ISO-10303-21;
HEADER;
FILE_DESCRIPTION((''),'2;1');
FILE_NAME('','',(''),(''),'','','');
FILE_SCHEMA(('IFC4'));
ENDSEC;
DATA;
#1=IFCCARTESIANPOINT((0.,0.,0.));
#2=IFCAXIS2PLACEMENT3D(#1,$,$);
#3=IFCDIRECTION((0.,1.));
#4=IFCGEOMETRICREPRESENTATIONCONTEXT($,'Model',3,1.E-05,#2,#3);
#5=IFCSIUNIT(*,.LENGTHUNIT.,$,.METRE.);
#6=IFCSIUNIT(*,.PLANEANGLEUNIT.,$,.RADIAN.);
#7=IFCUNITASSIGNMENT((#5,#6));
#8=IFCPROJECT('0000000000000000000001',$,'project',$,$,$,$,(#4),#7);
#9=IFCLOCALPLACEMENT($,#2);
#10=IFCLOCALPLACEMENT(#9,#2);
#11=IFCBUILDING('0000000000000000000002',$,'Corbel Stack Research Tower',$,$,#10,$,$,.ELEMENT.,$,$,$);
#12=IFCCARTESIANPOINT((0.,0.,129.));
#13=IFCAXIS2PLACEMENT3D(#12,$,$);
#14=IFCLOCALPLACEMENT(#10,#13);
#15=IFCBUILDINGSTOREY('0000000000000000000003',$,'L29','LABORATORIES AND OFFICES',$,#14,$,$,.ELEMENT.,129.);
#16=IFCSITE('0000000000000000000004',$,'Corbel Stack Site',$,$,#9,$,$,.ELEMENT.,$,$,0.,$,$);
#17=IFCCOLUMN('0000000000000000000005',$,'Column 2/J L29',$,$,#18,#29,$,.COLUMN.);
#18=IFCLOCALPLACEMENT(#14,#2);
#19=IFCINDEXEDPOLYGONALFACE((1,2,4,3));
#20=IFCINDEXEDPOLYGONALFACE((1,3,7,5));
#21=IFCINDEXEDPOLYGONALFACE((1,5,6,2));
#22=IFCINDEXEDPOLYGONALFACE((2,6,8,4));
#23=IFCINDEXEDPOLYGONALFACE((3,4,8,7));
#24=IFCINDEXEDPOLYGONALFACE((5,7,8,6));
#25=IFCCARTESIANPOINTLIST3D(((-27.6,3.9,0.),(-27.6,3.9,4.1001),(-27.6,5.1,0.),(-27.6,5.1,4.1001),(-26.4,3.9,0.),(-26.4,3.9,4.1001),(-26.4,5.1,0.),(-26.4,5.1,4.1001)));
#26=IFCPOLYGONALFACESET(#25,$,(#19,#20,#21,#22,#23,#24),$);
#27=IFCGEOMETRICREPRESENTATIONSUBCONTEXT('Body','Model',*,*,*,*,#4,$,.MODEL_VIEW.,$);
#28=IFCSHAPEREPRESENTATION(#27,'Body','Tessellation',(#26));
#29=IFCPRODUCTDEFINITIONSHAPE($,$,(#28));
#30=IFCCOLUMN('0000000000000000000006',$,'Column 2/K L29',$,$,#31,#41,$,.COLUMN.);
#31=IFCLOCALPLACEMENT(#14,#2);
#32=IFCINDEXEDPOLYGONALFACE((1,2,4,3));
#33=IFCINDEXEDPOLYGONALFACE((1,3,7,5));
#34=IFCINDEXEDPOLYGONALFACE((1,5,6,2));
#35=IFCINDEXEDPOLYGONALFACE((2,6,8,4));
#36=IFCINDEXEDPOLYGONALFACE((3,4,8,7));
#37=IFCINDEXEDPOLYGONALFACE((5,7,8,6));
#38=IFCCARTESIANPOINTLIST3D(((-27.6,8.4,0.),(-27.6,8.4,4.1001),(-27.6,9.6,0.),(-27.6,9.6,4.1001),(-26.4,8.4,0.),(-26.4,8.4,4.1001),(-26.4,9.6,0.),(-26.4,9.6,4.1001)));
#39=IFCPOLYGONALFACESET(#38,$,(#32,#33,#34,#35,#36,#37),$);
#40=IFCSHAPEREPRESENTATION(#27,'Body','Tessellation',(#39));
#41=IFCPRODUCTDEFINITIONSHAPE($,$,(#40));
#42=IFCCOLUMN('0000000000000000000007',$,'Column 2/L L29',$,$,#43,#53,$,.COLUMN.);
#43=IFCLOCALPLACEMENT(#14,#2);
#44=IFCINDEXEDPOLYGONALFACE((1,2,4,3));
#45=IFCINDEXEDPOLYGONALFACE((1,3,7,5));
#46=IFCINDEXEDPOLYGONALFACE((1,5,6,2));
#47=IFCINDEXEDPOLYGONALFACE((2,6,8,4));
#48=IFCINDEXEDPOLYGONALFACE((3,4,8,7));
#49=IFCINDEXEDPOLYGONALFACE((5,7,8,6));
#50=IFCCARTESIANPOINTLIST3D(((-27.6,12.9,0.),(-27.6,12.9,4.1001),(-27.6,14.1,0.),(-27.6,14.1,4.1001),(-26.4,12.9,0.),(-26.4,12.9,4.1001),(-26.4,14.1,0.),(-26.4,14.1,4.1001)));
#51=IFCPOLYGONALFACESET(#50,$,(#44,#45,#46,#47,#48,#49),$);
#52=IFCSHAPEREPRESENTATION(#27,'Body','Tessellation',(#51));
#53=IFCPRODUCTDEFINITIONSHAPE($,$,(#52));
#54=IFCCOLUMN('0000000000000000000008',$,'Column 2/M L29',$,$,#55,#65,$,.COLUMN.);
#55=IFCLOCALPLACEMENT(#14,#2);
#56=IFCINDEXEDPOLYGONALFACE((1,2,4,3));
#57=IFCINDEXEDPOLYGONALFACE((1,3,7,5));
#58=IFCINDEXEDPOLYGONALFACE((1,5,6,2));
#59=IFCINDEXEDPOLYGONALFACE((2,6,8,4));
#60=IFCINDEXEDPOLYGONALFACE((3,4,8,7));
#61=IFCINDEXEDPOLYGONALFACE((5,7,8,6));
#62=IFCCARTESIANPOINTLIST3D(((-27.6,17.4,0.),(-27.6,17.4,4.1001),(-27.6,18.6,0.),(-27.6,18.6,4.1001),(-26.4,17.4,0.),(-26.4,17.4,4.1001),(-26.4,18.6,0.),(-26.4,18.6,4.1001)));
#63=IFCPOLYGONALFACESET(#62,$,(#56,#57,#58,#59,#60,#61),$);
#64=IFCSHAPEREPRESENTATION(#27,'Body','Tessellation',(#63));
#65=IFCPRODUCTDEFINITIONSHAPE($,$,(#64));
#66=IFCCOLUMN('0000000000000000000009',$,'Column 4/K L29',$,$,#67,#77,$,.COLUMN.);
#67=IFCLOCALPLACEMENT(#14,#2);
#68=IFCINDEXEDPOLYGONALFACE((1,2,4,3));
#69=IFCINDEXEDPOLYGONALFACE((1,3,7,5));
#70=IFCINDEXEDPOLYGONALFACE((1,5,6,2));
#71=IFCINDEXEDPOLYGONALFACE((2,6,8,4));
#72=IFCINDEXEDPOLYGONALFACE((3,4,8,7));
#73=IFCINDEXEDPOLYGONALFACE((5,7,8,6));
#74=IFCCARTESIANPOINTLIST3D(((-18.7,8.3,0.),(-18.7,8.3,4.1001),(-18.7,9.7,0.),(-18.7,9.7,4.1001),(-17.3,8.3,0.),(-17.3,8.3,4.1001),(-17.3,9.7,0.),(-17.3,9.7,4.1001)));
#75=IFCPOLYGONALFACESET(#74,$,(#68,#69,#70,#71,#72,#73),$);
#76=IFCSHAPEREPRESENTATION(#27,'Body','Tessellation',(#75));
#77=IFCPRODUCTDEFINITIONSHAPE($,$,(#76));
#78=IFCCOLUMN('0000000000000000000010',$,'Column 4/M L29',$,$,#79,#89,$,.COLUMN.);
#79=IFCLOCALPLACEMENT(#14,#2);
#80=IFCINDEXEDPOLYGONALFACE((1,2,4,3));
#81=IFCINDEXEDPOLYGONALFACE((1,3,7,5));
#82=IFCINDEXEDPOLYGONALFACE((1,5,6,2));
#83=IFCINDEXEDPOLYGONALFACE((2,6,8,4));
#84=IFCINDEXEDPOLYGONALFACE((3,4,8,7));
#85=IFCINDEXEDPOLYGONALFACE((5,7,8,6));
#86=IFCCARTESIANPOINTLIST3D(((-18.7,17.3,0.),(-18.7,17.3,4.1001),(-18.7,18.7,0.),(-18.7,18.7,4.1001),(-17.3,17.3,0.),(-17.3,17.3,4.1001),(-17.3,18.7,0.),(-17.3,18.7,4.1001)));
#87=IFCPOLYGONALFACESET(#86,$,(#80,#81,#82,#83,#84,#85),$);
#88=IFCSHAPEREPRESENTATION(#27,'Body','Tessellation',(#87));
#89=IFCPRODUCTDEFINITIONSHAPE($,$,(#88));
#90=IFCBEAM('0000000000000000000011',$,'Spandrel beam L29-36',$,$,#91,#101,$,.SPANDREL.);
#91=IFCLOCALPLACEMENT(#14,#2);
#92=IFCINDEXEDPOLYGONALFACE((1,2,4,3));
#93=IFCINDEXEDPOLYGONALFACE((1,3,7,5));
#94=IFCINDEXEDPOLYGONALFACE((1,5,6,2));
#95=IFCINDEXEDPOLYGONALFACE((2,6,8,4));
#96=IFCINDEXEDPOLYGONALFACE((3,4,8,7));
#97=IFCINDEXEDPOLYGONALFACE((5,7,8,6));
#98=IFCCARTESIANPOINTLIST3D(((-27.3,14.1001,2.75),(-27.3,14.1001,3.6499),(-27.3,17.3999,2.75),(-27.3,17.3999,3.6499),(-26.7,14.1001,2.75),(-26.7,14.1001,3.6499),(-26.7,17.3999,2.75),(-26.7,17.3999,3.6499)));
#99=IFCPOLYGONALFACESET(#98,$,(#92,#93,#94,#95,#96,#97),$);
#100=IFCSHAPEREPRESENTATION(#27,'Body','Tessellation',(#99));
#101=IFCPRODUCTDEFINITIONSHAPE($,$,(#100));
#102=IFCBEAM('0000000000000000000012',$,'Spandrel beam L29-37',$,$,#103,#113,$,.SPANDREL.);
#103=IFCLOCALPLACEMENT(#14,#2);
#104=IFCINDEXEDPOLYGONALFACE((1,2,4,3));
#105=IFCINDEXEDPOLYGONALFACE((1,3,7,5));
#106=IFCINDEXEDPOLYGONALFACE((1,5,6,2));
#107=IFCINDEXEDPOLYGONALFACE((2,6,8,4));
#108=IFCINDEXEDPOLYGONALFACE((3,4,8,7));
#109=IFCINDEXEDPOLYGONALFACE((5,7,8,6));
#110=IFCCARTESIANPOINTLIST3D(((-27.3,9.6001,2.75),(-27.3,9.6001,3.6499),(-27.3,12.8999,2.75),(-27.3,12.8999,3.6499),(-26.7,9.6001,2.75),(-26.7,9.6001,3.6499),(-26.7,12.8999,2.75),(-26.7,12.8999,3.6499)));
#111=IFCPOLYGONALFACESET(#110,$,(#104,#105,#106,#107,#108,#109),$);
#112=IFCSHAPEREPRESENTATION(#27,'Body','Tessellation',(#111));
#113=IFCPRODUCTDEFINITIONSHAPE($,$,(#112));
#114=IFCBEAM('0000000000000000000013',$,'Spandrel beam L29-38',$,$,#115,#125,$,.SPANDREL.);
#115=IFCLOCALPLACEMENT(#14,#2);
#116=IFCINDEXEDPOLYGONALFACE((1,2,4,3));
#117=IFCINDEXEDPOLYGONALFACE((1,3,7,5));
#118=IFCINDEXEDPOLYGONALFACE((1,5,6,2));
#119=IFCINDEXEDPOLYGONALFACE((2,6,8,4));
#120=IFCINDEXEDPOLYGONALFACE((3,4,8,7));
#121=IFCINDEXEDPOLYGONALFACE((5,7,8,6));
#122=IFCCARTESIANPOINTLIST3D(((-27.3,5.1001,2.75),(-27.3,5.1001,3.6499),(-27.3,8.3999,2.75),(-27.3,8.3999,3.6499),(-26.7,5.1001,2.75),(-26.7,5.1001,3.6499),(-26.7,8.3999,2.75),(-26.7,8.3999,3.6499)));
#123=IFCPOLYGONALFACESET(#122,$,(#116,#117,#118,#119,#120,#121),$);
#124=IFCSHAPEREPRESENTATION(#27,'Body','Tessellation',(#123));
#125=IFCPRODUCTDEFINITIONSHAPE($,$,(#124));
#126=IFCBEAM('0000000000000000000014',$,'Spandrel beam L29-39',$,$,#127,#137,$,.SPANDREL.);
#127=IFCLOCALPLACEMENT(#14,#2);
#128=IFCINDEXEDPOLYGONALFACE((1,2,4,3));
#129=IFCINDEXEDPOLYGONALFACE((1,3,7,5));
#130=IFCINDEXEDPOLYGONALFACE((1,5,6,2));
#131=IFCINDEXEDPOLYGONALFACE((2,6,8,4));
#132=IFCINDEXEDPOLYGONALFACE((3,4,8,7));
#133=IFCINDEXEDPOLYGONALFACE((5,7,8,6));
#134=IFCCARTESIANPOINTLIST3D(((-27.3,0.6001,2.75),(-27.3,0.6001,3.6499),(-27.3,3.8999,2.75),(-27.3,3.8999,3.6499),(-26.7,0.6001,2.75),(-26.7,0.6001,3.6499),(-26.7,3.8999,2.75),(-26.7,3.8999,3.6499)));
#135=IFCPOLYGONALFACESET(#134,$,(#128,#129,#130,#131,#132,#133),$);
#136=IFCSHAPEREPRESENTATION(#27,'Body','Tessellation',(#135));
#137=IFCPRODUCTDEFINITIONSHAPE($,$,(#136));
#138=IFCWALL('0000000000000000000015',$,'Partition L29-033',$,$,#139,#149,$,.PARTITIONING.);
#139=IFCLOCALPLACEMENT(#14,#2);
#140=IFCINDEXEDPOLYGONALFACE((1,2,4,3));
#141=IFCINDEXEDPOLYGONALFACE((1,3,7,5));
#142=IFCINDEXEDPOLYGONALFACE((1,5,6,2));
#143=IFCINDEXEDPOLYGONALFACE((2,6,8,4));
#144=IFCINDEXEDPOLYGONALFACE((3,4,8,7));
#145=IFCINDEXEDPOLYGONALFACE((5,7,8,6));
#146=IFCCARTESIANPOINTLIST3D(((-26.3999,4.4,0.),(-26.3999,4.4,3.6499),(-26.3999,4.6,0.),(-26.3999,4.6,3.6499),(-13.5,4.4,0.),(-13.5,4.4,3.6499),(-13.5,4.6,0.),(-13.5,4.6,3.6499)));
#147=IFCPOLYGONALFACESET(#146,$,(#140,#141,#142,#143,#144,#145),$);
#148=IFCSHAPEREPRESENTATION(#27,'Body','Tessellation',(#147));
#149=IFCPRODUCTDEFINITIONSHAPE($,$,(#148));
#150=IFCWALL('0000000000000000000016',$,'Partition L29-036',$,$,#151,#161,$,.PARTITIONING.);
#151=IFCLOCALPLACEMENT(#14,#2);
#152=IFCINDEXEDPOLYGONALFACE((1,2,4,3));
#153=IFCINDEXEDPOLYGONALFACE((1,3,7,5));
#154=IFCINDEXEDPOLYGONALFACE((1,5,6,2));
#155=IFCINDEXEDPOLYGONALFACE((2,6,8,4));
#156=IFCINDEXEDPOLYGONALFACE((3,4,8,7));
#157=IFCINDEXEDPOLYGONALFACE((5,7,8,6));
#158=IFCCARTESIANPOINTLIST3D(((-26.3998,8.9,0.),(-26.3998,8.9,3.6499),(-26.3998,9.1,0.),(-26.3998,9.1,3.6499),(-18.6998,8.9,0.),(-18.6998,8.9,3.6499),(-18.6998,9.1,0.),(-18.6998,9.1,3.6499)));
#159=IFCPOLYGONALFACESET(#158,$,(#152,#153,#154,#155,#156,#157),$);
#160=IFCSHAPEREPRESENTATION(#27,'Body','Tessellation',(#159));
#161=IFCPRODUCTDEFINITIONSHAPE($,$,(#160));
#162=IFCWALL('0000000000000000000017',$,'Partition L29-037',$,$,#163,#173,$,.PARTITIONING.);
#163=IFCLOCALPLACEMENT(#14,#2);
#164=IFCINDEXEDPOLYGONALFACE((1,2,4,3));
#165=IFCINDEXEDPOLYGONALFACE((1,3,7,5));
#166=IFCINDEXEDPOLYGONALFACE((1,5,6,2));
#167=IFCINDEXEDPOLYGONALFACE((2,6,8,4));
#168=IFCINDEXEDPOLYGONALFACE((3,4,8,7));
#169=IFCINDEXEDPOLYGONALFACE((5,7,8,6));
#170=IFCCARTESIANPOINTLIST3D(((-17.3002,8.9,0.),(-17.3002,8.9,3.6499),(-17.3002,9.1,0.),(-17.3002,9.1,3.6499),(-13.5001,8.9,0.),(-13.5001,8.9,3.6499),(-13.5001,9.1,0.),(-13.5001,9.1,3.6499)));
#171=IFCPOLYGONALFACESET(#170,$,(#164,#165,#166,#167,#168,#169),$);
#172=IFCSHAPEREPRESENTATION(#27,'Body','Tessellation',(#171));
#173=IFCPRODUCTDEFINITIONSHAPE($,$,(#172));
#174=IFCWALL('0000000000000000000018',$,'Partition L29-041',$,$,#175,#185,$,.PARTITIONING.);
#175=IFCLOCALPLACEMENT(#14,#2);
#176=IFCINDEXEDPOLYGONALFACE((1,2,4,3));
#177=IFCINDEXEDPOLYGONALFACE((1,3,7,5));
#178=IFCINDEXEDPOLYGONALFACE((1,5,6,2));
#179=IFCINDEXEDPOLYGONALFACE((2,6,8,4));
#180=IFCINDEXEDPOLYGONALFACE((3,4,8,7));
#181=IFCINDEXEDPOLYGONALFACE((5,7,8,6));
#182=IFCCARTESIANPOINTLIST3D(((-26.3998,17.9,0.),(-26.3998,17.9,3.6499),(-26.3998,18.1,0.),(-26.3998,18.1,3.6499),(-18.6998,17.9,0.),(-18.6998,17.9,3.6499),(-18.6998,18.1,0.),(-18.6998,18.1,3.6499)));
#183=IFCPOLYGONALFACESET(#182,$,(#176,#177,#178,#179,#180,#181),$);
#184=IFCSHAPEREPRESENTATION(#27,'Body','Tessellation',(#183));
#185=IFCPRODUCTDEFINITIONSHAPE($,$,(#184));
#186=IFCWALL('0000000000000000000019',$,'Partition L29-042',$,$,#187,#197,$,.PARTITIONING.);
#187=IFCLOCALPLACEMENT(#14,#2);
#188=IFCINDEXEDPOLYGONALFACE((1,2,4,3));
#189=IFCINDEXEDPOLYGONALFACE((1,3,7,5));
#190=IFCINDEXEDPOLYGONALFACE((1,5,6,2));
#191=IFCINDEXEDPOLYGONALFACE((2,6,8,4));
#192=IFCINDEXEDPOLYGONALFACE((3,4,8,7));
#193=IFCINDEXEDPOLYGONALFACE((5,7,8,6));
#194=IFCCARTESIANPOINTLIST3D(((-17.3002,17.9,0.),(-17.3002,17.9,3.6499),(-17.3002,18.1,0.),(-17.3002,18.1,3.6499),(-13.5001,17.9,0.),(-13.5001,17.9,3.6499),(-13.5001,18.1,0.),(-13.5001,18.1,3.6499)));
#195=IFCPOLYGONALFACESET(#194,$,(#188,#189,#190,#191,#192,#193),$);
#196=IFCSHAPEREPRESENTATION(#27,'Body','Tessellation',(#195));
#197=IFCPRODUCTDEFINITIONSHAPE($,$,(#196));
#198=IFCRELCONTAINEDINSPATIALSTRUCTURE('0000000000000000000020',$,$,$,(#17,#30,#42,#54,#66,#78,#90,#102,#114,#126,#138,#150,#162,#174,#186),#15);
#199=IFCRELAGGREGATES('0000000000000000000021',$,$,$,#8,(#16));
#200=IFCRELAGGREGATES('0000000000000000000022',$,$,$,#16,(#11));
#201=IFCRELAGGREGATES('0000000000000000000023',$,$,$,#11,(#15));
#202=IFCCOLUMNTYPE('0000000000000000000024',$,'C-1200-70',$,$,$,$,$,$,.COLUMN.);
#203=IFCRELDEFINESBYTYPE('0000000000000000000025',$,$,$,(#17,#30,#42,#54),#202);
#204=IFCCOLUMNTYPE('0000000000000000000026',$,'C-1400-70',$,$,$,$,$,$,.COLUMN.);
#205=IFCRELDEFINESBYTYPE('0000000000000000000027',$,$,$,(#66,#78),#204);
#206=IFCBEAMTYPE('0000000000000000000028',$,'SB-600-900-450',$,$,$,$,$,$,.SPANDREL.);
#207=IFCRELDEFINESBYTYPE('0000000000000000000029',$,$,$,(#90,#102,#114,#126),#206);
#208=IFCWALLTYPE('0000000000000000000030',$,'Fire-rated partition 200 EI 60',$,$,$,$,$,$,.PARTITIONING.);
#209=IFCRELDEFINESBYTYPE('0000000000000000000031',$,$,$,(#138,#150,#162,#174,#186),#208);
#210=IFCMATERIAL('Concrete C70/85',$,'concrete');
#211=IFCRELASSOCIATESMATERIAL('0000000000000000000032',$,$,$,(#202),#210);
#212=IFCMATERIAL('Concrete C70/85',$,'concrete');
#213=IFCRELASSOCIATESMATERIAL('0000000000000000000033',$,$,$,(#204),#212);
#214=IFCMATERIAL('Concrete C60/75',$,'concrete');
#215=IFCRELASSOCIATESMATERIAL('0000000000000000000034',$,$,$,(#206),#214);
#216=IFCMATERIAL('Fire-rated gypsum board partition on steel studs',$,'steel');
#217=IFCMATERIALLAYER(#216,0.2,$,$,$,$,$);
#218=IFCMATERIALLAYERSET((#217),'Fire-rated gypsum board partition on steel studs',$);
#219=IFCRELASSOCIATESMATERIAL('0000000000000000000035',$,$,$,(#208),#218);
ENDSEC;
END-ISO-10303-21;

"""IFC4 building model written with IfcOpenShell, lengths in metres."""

from ifc_helpers import new_model, si_unit, direction, frame, frame_2d, origin, origin_2d, place, context, subcontext, project, spatial, rectangle, extrude, material, layer, layer_set, material_profile, profile_set, type_object, element, save


model = new_model("IFC4")

# Units and contexts
model_context = context("Model", 3, precision=1e-05, world=origin(), true_north=direction((0.0, 1.0)))
body_context = subcontext(model_context, "Body", "Model", "MODEL_VIEW")
ifc_project = project(units=[si_unit("LENGTHUNIT", "METRE"), si_unit("PLANEANGLEUNIT", "RADIAN")], contexts=[model_context])

# Site, building, storey
site_placement = place(None, origin())
site = spatial("IfcSite", under=ifc_project, at=site_placement, Name="Corbel Stack Site", CompositionType="ELEMENT", RefElevation=0.0)
building_placement = place(site_placement, origin())
building = spatial("IfcBuilding", under=site, at=building_placement, Name="Corbel Stack Research Tower", CompositionType="ELEMENT")
storey_placement = place(building_placement, frame((0.0, 0.0, 129.0)))
storey = spatial("IfcBuildingStorey", under=building, at=storey_placement, Name="L29", Description="LABORATORIES AND OFFICES", CompositionType="ELEMENT", Elevation=129.0)

# Columns
ifc_material_1 = material(Name="Concrete C70/85", Category="concrete")
ifc_material_profile_1 = material_profile(ifc_material_1, rectangle(XDim=1.2, YDim=1.2, at=origin_2d()), Name="RC 1200 x 1200")
ifc_profile_set_1 = profile_set([ifc_material_profile_1], Name="Concrete C70/85")
column_type_1 = type_object("IfcColumnType", Name="C-1200-70", PredefinedType="COLUMN", material=ifc_profile_set_1)
for number, where, z_axis, x_axis, name in (
    (1, (-27.0, 4.5, 0.0), (0.0, 0.0, 1.0), (1.0, 0.0, 0.0), "Column 2/J L29"),
    (2, (-27.0, 9.0, 0.0), (0.0, 0.0, 1.0), (1.0, 0.0, 0.0), "Column 2/K L29"),
    (3, (-27.0, 13.5, 0.0), (0.0, 0.0, 1.0), (1.0, 0.0, 0.0), "Column 2/L L29"),
    (4, (-27.0, 18.0, 0.0), (0.0, 0.0, 1.0), (1.0, 0.0, 0.0), "Column 2/M L29"),
):
    element("IfcColumn", number, at=place(storey_placement, frame(where, z_axis=z_axis, x_axis=x_axis)), inside=storey, type_object=column_type_1, Name=name, PredefinedType="COLUMN", context=body_context, shape_type="SweptSolid", body=[
        extrude(rectangle(XDim=1.2, YDim=1.2, at=origin_2d()), origin(), (0.0, 0.0, 1.0), 4.1001),
    ])
ifc_material_2 = material(Name="Concrete C70/85", Category="concrete")
ifc_material_profile_2 = material_profile(ifc_material_2, rectangle(XDim=1.3999, YDim=1.3999, at=origin_2d()), Name="RC 1400 x 1400")
ifc_profile_set_2 = profile_set([ifc_material_profile_2], Name="Concrete C70/85")
column_type_2 = type_object("IfcColumnType", Name="C-1400-70", PredefinedType="COLUMN", material=ifc_profile_set_2)
for number, where, z_axis, x_axis, name in (
    (5, (-18.0, 9.0, 0.0), (0.0, 0.0, 1.0), (1.0, 0.0, 0.0), "Column 4/K L29"),
    (6, (-18.0, 18.0, 0.0), (0.0, 0.0, 1.0), (1.0, 0.0, 0.0), "Column 4/M L29"),
):
    element("IfcColumn", number, at=place(storey_placement, frame(where, z_axis=z_axis, x_axis=x_axis)), inside=storey, type_object=column_type_2, Name=name, PredefinedType="COLUMN", context=body_context, shape_type="SweptSolid", body=[
        extrude(rectangle(XDim=1.3999, YDim=1.3999, at=origin_2d()), origin(), (0.0, 0.0, 1.0), 4.1001),
    ])

# Beams
ifc_material_3 = material(Name="Concrete C60/75", Category="concrete")
ifc_material_profile_3 = material_profile(ifc_material_3, rectangle(XDim=0.6001, YDim=0.8999, at=origin_2d()), Name="RC 600 x 900")
ifc_profile_set_3 = profile_set([ifc_material_profile_3], Name="Concrete C60/75")
beam_type = type_object("IfcBeamType", Name="SB-600-900-450", PredefinedType="SPANDREL", material=ifc_profile_set_3)
for number, where, z_axis, x_axis, name in (
    (7, (-27.0, 17.3999, 3.2), (0.0, -1.0, 0.0), (1.0, 0.0, 0.0), "Spandrel beam L29-36"),
    (8, (-27.0, 12.8999, 3.2), (0.0, -1.0, 0.0), (1.0, 0.0, 0.0), "Spandrel beam L29-37"),
    (9, (-27.0, 8.3999, 3.2), (0.0, -1.0, 0.0), (1.0, 0.0, 0.0), "Spandrel beam L29-38"),
    (10, (-27.0, 3.8999, 3.2), (0.0, -1.0, 0.0), (1.0, 0.0, 0.0), "Spandrel beam L29-39"),
):
    element("IfcBeam", number, at=place(storey_placement, frame(where, z_axis=z_axis, x_axis=x_axis)), inside=storey, type_object=beam_type, Name=name, PredefinedType="SPANDREL", context=body_context, shape_type="SweptSolid", body=[
        extrude(rectangle(XDim=0.6001, YDim=0.8999, at=origin_2d()), origin(), (0.0, 0.0, 1.0), 3.2998),
    ])

# Walls
ifc_material_4 = material(Name="Fire-rated gypsum board partition on steel studs", Category="steel")
ifc_layer_1 = layer(ifc_material_4, 0.2)
ifc_layer_set_1 = layer_set([ifc_layer_1], Name="Fire-rated gypsum board partition on steel studs")
wall_type_1 = type_object("IfcWallType", Name="Fire-rated partition 200 EI 60", PredefinedType="PARTITIONING", material=ifc_layer_set_1)
wall_1_placement = place(storey_placement, frame((-26.3999, 4.5, 0.0), z_axis=(0.0, 0.0, 1.0), x_axis=(1.0, 0.0, 0.0)))
element("IfcWall", 11, at=wall_1_placement, inside=storey, type_object=wall_type_1, Name="Partition L29-033", PredefinedType="PARTITIONING", context=body_context, shape_type="SweptSolid", body=[
    extrude(rectangle(XDim=12.8999, YDim=0.2, at=frame_2d((6.45, 0.0))), origin(), (0.0, 0.0, 1.0), 3.6499),
])
wall_2_placement = place(storey_placement, frame((-26.3999, 9.0, 0.0), z_axis=(0.0, 0.0, 1.0), x_axis=(1.0, 0.0, 0.0)))
element("IfcWall", 12, at=wall_2_placement, inside=storey, type_object=wall_type_1, Name="Partition L29-036", PredefinedType="PARTITIONING", context=body_context, shape_type="SweptSolid", body=[
    extrude(rectangle(XDim=7.7, YDim=0.2, at=frame_2d((3.8501, 0.0))), origin(), (0.0, 0.0, 1.0), 3.6499),
])
wall_3_placement = place(storey_placement, frame((-17.3, 9.0, 0.0), z_axis=(0.0, 0.0, 1.0), x_axis=(1.0, 0.0, 0.0)))
element("IfcWall", 13, at=wall_3_placement, inside=storey, type_object=wall_type_1, Name="Partition L29-037", PredefinedType="PARTITIONING", context=body_context, shape_type="SweptSolid", body=[
    extrude(rectangle(XDim=3.8, YDim=0.2, at=frame_2d((1.8999, 0.0))), origin(), (0.0, 0.0, 1.0), 3.6499),
])
wall_4_placement = place(storey_placement, frame((-26.3999, 18.0, 0.0), z_axis=(0.0, 0.0, 1.0), x_axis=(1.0, 0.0, 0.0)))
element("IfcWall", 14, at=wall_4_placement, inside=storey, type_object=wall_type_1, Name="Partition L29-041", PredefinedType="PARTITIONING", context=body_context, shape_type="SweptSolid", body=[
    extrude(rectangle(XDim=7.7, YDim=0.2, at=frame_2d((3.8501, 0.0))), origin(), (0.0, 0.0, 1.0), 3.6499),
])
wall_5_placement = place(storey_placement, frame((-17.3, 18.0, 0.0), z_axis=(0.0, 0.0, 1.0), x_axis=(1.0, 0.0, 0.0)))
element("IfcWall", 15, at=wall_5_placement, inside=storey, type_object=wall_type_1, Name="Partition L29-042", PredefinedType="PARTITIONING", context=body_context, shape_type="SweptSolid", body=[
    extrude(rectangle(XDim=3.8, YDim=0.2, at=frame_2d((1.8999, 0.0))), origin(), (0.0, 0.0, 1.0), 3.6499),
])

save(model, "model.ifc")
